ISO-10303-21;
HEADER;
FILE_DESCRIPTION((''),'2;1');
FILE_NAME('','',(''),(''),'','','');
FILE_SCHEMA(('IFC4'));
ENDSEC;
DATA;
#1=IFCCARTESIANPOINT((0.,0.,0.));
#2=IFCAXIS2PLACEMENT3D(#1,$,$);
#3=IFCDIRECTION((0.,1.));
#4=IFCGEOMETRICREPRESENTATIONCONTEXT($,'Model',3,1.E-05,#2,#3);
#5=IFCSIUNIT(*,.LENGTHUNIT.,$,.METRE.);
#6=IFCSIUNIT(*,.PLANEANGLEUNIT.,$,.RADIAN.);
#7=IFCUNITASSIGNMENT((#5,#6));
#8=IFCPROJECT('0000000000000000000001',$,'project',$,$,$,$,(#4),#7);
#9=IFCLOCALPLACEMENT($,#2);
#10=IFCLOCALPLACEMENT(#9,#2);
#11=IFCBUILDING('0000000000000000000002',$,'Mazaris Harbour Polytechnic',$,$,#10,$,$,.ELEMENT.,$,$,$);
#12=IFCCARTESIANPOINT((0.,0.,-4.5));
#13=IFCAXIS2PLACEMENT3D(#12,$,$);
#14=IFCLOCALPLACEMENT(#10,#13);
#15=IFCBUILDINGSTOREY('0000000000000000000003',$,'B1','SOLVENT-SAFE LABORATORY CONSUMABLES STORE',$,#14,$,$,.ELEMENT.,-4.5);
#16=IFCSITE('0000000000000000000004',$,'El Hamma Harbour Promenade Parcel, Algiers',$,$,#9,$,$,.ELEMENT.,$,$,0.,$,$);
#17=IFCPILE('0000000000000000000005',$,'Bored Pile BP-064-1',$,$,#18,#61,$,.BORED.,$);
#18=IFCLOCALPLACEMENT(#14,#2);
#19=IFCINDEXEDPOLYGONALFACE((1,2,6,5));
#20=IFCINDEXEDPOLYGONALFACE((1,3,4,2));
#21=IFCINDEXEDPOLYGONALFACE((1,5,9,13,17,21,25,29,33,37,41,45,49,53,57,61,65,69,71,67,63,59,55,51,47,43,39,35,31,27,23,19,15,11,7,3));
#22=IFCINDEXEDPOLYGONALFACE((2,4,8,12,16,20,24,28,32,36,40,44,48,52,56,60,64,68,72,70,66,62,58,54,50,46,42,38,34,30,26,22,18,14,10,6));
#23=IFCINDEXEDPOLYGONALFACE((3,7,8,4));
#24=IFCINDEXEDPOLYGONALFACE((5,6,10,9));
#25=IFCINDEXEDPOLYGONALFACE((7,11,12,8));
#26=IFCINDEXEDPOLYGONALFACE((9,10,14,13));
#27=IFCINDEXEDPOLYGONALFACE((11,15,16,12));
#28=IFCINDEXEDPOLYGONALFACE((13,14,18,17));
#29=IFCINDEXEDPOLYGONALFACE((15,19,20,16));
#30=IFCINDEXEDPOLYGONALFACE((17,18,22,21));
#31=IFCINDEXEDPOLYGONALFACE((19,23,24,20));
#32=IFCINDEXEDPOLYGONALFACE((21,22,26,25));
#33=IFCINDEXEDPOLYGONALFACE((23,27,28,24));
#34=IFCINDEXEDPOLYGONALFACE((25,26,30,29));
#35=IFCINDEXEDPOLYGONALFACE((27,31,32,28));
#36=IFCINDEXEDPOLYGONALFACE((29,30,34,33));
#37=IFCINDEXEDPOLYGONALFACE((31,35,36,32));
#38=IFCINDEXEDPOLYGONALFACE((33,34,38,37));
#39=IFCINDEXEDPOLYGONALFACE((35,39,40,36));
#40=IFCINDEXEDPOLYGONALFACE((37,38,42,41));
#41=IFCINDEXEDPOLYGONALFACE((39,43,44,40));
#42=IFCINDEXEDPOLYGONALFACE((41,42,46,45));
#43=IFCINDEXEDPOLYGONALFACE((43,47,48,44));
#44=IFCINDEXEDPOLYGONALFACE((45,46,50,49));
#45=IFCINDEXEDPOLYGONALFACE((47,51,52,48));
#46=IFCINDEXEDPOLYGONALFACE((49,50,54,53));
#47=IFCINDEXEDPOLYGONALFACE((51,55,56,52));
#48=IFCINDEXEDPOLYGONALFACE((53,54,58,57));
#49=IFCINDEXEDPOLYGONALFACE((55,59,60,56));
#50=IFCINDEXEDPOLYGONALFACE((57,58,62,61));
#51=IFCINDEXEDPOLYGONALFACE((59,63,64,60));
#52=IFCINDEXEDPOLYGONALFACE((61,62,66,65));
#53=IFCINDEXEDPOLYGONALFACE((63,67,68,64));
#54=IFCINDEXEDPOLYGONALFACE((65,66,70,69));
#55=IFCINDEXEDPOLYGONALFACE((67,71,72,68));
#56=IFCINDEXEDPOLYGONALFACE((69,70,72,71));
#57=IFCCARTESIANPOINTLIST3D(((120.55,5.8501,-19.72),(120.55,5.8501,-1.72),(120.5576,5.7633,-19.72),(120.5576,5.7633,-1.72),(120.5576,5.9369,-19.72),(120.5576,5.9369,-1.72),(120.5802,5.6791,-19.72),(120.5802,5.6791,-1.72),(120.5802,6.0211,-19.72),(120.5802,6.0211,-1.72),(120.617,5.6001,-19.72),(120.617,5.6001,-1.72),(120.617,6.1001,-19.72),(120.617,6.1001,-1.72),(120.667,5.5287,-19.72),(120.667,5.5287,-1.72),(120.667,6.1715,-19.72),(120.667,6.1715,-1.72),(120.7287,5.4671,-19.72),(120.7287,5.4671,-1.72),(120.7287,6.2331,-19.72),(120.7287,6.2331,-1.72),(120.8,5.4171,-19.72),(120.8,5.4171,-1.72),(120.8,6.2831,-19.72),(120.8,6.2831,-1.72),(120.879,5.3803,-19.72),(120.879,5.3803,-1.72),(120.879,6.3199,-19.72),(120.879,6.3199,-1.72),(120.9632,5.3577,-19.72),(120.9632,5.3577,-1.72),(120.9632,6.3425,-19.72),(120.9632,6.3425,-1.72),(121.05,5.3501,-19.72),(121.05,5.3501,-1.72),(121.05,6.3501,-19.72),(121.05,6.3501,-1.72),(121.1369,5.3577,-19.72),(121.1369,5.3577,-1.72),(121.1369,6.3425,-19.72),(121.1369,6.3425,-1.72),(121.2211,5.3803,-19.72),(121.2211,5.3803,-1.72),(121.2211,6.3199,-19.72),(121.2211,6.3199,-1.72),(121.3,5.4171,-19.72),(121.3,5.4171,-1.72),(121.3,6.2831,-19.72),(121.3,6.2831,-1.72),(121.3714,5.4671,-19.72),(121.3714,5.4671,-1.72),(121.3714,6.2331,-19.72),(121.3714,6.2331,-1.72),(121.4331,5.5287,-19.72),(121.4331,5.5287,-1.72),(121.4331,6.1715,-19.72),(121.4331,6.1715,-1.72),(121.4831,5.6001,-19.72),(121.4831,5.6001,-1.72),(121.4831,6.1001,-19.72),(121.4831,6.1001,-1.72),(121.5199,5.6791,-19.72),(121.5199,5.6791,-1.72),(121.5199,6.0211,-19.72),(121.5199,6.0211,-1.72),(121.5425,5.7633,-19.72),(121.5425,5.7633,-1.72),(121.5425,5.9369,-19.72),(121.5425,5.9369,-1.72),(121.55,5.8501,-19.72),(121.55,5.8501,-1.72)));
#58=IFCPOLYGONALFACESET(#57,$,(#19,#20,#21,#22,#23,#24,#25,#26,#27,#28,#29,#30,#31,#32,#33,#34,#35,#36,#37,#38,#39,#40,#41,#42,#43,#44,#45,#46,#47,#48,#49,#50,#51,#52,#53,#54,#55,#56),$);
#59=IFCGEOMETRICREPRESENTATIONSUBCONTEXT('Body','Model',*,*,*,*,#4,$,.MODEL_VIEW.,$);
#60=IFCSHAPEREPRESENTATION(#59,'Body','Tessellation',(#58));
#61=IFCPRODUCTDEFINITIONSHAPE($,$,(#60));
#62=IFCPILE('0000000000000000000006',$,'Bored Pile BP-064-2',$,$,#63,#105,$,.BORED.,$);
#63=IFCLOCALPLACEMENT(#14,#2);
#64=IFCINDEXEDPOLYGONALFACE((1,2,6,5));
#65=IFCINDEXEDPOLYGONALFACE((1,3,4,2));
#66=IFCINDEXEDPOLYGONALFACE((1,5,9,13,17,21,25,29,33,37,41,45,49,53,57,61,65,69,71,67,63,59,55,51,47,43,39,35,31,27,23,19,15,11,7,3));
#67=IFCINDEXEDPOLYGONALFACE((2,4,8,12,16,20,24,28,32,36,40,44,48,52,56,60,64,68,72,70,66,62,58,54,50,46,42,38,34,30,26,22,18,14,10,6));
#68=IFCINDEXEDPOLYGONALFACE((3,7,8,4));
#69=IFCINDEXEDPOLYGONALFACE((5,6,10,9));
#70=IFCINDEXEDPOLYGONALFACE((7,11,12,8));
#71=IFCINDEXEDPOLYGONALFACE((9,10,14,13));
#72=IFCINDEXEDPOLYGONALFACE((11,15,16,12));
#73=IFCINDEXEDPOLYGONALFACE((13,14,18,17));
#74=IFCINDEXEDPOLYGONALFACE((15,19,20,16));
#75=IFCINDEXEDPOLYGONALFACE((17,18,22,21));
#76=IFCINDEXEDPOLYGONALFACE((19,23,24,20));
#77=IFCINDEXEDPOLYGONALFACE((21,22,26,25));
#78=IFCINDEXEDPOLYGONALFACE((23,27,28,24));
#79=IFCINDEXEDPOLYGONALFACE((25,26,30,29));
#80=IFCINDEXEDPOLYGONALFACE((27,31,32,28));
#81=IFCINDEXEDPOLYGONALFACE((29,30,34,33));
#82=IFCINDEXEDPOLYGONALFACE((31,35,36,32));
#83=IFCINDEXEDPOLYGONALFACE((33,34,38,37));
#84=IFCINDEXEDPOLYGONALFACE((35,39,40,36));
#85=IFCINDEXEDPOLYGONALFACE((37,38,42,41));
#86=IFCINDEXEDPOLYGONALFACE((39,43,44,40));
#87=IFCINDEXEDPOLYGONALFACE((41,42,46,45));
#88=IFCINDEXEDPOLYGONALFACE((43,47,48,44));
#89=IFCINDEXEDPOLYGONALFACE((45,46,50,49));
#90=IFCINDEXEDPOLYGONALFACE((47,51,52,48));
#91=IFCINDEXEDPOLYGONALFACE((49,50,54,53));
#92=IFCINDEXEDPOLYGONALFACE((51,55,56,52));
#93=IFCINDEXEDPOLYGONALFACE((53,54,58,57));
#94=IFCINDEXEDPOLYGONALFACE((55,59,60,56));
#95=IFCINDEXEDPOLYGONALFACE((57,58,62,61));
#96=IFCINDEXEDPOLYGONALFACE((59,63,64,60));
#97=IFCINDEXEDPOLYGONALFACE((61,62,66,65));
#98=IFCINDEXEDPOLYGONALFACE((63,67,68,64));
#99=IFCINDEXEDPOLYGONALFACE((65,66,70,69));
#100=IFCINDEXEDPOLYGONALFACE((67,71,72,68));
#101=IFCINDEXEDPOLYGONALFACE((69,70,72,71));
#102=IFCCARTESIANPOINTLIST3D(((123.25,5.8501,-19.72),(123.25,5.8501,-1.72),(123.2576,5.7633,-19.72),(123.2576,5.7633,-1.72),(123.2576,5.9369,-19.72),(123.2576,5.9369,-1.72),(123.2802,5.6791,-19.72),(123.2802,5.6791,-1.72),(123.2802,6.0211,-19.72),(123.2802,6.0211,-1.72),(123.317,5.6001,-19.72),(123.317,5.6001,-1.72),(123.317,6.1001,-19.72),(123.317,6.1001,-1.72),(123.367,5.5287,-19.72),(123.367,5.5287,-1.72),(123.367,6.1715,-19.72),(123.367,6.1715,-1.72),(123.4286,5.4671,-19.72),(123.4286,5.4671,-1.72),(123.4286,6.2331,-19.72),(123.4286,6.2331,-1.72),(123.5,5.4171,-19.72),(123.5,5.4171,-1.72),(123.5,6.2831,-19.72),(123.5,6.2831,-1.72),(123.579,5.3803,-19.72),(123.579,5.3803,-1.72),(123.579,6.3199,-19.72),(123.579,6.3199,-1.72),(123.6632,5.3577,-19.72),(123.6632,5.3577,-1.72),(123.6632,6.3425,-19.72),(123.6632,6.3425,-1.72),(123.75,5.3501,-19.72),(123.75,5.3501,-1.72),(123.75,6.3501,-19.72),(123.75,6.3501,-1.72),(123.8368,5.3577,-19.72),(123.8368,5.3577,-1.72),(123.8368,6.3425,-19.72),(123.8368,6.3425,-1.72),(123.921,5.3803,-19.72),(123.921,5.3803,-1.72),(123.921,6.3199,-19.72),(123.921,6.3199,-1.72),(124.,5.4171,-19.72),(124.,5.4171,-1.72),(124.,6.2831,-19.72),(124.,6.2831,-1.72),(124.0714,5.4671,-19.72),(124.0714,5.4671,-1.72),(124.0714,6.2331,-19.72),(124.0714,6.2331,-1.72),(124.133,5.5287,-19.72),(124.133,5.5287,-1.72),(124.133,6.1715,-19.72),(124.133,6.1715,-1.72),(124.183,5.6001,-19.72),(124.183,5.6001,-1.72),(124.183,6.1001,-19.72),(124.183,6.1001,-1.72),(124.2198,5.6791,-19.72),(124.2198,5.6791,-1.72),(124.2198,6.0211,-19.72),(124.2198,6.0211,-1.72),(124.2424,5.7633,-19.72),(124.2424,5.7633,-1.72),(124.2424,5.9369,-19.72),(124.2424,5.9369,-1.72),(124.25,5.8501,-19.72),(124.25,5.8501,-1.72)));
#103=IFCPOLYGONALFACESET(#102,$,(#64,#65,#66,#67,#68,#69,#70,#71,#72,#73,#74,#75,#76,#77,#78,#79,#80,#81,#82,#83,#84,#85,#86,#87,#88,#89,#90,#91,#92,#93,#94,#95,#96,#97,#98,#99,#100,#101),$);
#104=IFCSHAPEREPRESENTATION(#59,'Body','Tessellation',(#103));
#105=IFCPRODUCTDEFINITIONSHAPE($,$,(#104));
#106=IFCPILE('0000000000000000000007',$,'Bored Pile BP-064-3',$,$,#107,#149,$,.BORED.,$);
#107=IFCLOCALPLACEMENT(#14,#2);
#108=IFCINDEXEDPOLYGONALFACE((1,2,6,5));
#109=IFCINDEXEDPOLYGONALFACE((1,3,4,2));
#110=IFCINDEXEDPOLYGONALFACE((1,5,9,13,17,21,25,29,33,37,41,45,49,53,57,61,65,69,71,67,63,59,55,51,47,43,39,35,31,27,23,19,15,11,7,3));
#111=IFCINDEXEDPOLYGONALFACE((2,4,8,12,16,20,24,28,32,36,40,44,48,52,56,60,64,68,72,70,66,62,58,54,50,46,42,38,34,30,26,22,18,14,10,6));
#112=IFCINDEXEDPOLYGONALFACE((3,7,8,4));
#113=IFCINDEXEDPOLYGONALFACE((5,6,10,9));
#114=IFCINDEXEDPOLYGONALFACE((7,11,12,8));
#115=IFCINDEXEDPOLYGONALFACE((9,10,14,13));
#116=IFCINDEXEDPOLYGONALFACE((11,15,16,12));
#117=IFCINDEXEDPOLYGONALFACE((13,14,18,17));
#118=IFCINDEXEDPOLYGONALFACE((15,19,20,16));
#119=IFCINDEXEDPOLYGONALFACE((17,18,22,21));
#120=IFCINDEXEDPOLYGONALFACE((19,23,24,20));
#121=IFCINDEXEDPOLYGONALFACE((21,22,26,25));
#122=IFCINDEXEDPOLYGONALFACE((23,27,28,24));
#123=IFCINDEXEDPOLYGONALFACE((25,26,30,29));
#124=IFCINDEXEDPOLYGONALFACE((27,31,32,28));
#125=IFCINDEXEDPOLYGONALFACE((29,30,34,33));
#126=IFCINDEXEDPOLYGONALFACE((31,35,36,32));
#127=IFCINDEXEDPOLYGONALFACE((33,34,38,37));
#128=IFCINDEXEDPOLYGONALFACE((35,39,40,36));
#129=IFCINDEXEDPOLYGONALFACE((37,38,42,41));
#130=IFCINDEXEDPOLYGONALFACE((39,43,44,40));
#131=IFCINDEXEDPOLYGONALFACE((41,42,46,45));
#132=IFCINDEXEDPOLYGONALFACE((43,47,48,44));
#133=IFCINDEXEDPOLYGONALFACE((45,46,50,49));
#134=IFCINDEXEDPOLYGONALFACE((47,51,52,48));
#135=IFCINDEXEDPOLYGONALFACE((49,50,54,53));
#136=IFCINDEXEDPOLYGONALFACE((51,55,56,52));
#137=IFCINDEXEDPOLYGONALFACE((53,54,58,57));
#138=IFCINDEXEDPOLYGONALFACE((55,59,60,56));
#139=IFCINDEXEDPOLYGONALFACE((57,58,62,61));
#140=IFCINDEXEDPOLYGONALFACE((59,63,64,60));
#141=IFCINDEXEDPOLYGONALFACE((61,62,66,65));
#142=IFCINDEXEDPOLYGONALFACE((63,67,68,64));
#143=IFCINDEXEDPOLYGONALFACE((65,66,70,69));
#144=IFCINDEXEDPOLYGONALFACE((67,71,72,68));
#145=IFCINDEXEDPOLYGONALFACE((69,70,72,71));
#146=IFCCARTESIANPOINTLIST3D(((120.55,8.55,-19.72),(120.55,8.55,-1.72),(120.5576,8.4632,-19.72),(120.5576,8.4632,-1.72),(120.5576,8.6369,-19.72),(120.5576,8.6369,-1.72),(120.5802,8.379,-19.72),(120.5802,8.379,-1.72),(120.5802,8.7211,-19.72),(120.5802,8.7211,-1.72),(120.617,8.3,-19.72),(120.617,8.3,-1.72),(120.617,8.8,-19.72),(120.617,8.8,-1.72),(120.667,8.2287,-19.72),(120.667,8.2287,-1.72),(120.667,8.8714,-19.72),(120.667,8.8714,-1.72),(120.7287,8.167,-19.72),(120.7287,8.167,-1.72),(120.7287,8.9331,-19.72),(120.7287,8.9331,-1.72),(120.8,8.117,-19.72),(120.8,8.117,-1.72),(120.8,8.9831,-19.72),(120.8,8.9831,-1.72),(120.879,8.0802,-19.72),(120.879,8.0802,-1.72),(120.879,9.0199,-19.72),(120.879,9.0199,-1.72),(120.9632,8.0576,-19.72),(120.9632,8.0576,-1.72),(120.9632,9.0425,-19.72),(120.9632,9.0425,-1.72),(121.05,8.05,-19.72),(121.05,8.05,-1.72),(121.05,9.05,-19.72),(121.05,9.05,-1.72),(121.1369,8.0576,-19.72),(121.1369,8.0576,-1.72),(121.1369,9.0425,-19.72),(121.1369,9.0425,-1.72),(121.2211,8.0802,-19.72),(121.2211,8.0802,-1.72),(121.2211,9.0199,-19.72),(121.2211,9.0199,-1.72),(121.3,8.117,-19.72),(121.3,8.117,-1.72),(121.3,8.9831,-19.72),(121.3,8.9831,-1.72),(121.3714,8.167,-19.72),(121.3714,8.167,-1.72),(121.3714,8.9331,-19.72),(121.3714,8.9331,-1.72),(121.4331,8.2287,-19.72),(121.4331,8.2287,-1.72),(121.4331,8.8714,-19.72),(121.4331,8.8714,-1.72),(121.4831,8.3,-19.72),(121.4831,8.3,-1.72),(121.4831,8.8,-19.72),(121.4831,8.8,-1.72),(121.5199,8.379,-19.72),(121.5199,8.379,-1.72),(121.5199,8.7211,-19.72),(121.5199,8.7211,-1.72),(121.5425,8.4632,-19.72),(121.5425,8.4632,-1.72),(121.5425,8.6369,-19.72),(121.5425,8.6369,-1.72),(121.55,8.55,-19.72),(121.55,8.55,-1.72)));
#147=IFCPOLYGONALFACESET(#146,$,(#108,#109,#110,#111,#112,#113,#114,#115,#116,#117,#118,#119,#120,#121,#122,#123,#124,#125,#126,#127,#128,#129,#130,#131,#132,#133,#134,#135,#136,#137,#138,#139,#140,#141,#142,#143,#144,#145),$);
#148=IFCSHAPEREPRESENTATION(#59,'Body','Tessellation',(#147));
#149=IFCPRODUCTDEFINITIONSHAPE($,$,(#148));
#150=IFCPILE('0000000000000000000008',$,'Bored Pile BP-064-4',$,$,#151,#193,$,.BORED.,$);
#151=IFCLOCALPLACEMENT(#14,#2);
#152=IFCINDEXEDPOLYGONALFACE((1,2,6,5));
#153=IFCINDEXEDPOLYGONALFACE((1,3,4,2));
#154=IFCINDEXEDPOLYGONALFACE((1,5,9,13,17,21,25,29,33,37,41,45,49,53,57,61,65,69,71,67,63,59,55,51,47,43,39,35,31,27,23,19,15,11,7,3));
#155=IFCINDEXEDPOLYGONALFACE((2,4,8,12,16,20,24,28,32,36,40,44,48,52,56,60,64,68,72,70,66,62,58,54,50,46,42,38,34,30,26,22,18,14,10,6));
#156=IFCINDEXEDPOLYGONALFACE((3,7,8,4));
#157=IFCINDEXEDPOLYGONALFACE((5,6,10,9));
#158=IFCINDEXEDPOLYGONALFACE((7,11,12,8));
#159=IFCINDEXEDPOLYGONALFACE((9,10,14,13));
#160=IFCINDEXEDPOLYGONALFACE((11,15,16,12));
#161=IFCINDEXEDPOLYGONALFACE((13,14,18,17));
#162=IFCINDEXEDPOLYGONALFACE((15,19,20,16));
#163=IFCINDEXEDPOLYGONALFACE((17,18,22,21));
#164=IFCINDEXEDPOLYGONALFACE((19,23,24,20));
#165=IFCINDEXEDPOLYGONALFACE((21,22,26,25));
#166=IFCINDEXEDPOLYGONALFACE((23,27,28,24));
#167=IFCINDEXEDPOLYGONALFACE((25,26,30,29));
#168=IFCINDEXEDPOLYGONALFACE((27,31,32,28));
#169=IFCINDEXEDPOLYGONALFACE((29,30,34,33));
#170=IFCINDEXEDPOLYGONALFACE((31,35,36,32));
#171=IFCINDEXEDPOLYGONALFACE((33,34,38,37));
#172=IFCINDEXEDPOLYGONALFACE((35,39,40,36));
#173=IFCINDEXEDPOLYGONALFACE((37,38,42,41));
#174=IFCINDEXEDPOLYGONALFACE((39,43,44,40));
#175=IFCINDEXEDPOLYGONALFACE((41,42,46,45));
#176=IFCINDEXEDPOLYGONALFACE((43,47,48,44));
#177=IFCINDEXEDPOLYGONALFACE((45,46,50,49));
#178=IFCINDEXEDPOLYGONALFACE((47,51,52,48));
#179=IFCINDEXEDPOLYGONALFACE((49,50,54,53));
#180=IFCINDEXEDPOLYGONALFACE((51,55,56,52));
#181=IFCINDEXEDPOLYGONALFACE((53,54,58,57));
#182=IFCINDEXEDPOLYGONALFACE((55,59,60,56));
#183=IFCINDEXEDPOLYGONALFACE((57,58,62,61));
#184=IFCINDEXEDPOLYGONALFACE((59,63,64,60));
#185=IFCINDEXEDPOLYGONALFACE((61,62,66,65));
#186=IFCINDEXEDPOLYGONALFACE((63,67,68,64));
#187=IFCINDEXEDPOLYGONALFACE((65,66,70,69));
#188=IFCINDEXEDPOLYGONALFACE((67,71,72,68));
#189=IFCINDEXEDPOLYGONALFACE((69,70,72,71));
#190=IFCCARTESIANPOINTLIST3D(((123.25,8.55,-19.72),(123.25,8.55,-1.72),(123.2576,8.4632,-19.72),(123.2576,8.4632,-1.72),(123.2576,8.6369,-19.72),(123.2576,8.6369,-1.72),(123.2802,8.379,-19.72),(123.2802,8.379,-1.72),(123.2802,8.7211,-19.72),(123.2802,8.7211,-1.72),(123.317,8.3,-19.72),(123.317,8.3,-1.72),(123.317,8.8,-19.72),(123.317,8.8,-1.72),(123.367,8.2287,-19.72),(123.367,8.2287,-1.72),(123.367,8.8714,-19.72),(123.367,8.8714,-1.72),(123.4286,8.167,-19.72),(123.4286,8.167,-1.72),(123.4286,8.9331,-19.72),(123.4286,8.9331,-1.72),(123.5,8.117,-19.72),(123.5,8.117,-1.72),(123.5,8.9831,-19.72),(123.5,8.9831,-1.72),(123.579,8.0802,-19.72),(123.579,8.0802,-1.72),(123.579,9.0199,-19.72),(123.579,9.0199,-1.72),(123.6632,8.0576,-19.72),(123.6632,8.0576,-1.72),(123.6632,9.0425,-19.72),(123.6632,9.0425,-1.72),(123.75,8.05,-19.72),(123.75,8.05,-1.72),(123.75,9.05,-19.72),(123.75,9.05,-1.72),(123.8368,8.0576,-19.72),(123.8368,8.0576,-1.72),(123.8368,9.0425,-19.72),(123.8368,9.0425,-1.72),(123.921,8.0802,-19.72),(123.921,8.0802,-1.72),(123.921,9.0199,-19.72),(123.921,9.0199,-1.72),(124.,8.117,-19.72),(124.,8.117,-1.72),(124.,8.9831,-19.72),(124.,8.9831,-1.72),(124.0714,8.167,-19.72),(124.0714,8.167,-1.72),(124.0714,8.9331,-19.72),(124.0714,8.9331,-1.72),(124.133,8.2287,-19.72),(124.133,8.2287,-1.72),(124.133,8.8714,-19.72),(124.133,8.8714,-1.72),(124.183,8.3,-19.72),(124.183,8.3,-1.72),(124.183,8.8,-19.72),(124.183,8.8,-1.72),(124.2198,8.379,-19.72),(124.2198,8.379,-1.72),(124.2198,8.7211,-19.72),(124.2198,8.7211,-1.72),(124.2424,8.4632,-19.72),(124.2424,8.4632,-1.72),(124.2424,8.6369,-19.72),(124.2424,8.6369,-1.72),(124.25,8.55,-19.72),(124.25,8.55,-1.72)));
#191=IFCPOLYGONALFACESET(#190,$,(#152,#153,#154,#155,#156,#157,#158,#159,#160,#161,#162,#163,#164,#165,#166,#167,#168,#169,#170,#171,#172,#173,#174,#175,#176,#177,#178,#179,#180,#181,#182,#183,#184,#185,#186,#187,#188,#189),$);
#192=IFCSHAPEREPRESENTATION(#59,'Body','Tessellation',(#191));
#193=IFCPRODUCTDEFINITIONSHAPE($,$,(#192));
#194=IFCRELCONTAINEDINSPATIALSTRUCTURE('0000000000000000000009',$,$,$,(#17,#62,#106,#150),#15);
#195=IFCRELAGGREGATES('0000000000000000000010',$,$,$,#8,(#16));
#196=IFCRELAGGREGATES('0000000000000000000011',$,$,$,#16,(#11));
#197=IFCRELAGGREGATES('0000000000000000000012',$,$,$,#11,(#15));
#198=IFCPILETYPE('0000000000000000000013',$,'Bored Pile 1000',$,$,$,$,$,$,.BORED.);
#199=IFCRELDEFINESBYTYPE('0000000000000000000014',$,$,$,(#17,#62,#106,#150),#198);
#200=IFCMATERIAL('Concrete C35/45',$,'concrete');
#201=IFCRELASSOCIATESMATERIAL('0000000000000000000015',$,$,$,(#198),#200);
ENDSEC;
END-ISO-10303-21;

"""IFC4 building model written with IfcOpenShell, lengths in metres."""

from ifc_helpers import new_model, si_unit, direction, frame, origin, origin_2d, place, context, subcontext, project, spatial, circle, extrude, material, material_profile, profile_set, type_object, element, save


model = new_model("IFC4")

# Units and contexts
model_context = context("Model", 3, precision=1e-05, world=origin(), true_north=direction((0.0, 1.0)))
body_context = subcontext(model_context, "Body", "Model", "MODEL_VIEW")
ifc_project = project(units=[si_unit("LENGTHUNIT", "METRE"), si_unit("PLANEANGLEUNIT", "RADIAN")], contexts=[model_context])

# Site, building, storey
site_placement = place(None, origin())
site = spatial("IfcSite", under=ifc_project, at=site_placement, Name="El Hamma Harbour Promenade Parcel, Algiers", CompositionType="ELEMENT", RefElevation=0.0)
building_placement = place(site_placement, origin())
building = spatial("IfcBuilding", under=site, at=building_placement, Name="Mazaris Harbour Polytechnic", CompositionType="ELEMENT")
storey_placement = place(building_placement, frame((0.0, 0.0, -4.5)))
storey = spatial("IfcBuildingStorey", under=building, at=storey_placement, Name="B1", Description="SOLVENT-SAFE LABORATORY CONSUMABLES STORE", CompositionType="ELEMENT", Elevation=-4.5)

# Piles
ifc_material_1 = material(Name="Concrete C35/45", Category="concrete")
ifc_material_profile_1 = material_profile(ifc_material_1, circle(Radius=0.5, at=origin_2d()), Name="DIA1000")
ifc_profile_set_1 = profile_set([ifc_material_profile_1], Name="Concrete C35/45")
pile_type_1 = type_object("IfcPileType", Name="Bored Pile 1000", PredefinedType="BORED", material=ifc_profile_set_1)
for number, where, z_axis, x_axis, name in (
    (1, (121.05, 5.8501, -1.72), (0.0, 0.0, -1.0), (1.0, 0.0, 0.0), "Bored Pile BP-064-1"),
    (2, (123.75, 5.8501, -1.72), (0.0, 0.0, -1.0), (1.0, 0.0, 0.0), "Bored Pile BP-064-2"),
    (3, (121.05, 8.55, -1.72), (0.0, 0.0, -1.0), (1.0, 0.0, 0.0), "Bored Pile BP-064-3"),
    (4, (123.75, 8.55, -1.72), (0.0, 0.0, -1.0), (1.0, 0.0, 0.0), "Bored Pile BP-064-4"),
):
    element("IfcPile", number, at=place(storey_placement, frame(where, z_axis=z_axis, x_axis=x_axis)), inside=storey, type_object=pile_type_1, Name=name, PredefinedType="BORED", context=body_context, shape_type="SweptSolid", body=[
        extrude(circle(Radius=0.5, at=origin_2d()), origin(), (0.0, 0.0, 1.0), 18.0),
    ])

save(model, "model.ifc")
